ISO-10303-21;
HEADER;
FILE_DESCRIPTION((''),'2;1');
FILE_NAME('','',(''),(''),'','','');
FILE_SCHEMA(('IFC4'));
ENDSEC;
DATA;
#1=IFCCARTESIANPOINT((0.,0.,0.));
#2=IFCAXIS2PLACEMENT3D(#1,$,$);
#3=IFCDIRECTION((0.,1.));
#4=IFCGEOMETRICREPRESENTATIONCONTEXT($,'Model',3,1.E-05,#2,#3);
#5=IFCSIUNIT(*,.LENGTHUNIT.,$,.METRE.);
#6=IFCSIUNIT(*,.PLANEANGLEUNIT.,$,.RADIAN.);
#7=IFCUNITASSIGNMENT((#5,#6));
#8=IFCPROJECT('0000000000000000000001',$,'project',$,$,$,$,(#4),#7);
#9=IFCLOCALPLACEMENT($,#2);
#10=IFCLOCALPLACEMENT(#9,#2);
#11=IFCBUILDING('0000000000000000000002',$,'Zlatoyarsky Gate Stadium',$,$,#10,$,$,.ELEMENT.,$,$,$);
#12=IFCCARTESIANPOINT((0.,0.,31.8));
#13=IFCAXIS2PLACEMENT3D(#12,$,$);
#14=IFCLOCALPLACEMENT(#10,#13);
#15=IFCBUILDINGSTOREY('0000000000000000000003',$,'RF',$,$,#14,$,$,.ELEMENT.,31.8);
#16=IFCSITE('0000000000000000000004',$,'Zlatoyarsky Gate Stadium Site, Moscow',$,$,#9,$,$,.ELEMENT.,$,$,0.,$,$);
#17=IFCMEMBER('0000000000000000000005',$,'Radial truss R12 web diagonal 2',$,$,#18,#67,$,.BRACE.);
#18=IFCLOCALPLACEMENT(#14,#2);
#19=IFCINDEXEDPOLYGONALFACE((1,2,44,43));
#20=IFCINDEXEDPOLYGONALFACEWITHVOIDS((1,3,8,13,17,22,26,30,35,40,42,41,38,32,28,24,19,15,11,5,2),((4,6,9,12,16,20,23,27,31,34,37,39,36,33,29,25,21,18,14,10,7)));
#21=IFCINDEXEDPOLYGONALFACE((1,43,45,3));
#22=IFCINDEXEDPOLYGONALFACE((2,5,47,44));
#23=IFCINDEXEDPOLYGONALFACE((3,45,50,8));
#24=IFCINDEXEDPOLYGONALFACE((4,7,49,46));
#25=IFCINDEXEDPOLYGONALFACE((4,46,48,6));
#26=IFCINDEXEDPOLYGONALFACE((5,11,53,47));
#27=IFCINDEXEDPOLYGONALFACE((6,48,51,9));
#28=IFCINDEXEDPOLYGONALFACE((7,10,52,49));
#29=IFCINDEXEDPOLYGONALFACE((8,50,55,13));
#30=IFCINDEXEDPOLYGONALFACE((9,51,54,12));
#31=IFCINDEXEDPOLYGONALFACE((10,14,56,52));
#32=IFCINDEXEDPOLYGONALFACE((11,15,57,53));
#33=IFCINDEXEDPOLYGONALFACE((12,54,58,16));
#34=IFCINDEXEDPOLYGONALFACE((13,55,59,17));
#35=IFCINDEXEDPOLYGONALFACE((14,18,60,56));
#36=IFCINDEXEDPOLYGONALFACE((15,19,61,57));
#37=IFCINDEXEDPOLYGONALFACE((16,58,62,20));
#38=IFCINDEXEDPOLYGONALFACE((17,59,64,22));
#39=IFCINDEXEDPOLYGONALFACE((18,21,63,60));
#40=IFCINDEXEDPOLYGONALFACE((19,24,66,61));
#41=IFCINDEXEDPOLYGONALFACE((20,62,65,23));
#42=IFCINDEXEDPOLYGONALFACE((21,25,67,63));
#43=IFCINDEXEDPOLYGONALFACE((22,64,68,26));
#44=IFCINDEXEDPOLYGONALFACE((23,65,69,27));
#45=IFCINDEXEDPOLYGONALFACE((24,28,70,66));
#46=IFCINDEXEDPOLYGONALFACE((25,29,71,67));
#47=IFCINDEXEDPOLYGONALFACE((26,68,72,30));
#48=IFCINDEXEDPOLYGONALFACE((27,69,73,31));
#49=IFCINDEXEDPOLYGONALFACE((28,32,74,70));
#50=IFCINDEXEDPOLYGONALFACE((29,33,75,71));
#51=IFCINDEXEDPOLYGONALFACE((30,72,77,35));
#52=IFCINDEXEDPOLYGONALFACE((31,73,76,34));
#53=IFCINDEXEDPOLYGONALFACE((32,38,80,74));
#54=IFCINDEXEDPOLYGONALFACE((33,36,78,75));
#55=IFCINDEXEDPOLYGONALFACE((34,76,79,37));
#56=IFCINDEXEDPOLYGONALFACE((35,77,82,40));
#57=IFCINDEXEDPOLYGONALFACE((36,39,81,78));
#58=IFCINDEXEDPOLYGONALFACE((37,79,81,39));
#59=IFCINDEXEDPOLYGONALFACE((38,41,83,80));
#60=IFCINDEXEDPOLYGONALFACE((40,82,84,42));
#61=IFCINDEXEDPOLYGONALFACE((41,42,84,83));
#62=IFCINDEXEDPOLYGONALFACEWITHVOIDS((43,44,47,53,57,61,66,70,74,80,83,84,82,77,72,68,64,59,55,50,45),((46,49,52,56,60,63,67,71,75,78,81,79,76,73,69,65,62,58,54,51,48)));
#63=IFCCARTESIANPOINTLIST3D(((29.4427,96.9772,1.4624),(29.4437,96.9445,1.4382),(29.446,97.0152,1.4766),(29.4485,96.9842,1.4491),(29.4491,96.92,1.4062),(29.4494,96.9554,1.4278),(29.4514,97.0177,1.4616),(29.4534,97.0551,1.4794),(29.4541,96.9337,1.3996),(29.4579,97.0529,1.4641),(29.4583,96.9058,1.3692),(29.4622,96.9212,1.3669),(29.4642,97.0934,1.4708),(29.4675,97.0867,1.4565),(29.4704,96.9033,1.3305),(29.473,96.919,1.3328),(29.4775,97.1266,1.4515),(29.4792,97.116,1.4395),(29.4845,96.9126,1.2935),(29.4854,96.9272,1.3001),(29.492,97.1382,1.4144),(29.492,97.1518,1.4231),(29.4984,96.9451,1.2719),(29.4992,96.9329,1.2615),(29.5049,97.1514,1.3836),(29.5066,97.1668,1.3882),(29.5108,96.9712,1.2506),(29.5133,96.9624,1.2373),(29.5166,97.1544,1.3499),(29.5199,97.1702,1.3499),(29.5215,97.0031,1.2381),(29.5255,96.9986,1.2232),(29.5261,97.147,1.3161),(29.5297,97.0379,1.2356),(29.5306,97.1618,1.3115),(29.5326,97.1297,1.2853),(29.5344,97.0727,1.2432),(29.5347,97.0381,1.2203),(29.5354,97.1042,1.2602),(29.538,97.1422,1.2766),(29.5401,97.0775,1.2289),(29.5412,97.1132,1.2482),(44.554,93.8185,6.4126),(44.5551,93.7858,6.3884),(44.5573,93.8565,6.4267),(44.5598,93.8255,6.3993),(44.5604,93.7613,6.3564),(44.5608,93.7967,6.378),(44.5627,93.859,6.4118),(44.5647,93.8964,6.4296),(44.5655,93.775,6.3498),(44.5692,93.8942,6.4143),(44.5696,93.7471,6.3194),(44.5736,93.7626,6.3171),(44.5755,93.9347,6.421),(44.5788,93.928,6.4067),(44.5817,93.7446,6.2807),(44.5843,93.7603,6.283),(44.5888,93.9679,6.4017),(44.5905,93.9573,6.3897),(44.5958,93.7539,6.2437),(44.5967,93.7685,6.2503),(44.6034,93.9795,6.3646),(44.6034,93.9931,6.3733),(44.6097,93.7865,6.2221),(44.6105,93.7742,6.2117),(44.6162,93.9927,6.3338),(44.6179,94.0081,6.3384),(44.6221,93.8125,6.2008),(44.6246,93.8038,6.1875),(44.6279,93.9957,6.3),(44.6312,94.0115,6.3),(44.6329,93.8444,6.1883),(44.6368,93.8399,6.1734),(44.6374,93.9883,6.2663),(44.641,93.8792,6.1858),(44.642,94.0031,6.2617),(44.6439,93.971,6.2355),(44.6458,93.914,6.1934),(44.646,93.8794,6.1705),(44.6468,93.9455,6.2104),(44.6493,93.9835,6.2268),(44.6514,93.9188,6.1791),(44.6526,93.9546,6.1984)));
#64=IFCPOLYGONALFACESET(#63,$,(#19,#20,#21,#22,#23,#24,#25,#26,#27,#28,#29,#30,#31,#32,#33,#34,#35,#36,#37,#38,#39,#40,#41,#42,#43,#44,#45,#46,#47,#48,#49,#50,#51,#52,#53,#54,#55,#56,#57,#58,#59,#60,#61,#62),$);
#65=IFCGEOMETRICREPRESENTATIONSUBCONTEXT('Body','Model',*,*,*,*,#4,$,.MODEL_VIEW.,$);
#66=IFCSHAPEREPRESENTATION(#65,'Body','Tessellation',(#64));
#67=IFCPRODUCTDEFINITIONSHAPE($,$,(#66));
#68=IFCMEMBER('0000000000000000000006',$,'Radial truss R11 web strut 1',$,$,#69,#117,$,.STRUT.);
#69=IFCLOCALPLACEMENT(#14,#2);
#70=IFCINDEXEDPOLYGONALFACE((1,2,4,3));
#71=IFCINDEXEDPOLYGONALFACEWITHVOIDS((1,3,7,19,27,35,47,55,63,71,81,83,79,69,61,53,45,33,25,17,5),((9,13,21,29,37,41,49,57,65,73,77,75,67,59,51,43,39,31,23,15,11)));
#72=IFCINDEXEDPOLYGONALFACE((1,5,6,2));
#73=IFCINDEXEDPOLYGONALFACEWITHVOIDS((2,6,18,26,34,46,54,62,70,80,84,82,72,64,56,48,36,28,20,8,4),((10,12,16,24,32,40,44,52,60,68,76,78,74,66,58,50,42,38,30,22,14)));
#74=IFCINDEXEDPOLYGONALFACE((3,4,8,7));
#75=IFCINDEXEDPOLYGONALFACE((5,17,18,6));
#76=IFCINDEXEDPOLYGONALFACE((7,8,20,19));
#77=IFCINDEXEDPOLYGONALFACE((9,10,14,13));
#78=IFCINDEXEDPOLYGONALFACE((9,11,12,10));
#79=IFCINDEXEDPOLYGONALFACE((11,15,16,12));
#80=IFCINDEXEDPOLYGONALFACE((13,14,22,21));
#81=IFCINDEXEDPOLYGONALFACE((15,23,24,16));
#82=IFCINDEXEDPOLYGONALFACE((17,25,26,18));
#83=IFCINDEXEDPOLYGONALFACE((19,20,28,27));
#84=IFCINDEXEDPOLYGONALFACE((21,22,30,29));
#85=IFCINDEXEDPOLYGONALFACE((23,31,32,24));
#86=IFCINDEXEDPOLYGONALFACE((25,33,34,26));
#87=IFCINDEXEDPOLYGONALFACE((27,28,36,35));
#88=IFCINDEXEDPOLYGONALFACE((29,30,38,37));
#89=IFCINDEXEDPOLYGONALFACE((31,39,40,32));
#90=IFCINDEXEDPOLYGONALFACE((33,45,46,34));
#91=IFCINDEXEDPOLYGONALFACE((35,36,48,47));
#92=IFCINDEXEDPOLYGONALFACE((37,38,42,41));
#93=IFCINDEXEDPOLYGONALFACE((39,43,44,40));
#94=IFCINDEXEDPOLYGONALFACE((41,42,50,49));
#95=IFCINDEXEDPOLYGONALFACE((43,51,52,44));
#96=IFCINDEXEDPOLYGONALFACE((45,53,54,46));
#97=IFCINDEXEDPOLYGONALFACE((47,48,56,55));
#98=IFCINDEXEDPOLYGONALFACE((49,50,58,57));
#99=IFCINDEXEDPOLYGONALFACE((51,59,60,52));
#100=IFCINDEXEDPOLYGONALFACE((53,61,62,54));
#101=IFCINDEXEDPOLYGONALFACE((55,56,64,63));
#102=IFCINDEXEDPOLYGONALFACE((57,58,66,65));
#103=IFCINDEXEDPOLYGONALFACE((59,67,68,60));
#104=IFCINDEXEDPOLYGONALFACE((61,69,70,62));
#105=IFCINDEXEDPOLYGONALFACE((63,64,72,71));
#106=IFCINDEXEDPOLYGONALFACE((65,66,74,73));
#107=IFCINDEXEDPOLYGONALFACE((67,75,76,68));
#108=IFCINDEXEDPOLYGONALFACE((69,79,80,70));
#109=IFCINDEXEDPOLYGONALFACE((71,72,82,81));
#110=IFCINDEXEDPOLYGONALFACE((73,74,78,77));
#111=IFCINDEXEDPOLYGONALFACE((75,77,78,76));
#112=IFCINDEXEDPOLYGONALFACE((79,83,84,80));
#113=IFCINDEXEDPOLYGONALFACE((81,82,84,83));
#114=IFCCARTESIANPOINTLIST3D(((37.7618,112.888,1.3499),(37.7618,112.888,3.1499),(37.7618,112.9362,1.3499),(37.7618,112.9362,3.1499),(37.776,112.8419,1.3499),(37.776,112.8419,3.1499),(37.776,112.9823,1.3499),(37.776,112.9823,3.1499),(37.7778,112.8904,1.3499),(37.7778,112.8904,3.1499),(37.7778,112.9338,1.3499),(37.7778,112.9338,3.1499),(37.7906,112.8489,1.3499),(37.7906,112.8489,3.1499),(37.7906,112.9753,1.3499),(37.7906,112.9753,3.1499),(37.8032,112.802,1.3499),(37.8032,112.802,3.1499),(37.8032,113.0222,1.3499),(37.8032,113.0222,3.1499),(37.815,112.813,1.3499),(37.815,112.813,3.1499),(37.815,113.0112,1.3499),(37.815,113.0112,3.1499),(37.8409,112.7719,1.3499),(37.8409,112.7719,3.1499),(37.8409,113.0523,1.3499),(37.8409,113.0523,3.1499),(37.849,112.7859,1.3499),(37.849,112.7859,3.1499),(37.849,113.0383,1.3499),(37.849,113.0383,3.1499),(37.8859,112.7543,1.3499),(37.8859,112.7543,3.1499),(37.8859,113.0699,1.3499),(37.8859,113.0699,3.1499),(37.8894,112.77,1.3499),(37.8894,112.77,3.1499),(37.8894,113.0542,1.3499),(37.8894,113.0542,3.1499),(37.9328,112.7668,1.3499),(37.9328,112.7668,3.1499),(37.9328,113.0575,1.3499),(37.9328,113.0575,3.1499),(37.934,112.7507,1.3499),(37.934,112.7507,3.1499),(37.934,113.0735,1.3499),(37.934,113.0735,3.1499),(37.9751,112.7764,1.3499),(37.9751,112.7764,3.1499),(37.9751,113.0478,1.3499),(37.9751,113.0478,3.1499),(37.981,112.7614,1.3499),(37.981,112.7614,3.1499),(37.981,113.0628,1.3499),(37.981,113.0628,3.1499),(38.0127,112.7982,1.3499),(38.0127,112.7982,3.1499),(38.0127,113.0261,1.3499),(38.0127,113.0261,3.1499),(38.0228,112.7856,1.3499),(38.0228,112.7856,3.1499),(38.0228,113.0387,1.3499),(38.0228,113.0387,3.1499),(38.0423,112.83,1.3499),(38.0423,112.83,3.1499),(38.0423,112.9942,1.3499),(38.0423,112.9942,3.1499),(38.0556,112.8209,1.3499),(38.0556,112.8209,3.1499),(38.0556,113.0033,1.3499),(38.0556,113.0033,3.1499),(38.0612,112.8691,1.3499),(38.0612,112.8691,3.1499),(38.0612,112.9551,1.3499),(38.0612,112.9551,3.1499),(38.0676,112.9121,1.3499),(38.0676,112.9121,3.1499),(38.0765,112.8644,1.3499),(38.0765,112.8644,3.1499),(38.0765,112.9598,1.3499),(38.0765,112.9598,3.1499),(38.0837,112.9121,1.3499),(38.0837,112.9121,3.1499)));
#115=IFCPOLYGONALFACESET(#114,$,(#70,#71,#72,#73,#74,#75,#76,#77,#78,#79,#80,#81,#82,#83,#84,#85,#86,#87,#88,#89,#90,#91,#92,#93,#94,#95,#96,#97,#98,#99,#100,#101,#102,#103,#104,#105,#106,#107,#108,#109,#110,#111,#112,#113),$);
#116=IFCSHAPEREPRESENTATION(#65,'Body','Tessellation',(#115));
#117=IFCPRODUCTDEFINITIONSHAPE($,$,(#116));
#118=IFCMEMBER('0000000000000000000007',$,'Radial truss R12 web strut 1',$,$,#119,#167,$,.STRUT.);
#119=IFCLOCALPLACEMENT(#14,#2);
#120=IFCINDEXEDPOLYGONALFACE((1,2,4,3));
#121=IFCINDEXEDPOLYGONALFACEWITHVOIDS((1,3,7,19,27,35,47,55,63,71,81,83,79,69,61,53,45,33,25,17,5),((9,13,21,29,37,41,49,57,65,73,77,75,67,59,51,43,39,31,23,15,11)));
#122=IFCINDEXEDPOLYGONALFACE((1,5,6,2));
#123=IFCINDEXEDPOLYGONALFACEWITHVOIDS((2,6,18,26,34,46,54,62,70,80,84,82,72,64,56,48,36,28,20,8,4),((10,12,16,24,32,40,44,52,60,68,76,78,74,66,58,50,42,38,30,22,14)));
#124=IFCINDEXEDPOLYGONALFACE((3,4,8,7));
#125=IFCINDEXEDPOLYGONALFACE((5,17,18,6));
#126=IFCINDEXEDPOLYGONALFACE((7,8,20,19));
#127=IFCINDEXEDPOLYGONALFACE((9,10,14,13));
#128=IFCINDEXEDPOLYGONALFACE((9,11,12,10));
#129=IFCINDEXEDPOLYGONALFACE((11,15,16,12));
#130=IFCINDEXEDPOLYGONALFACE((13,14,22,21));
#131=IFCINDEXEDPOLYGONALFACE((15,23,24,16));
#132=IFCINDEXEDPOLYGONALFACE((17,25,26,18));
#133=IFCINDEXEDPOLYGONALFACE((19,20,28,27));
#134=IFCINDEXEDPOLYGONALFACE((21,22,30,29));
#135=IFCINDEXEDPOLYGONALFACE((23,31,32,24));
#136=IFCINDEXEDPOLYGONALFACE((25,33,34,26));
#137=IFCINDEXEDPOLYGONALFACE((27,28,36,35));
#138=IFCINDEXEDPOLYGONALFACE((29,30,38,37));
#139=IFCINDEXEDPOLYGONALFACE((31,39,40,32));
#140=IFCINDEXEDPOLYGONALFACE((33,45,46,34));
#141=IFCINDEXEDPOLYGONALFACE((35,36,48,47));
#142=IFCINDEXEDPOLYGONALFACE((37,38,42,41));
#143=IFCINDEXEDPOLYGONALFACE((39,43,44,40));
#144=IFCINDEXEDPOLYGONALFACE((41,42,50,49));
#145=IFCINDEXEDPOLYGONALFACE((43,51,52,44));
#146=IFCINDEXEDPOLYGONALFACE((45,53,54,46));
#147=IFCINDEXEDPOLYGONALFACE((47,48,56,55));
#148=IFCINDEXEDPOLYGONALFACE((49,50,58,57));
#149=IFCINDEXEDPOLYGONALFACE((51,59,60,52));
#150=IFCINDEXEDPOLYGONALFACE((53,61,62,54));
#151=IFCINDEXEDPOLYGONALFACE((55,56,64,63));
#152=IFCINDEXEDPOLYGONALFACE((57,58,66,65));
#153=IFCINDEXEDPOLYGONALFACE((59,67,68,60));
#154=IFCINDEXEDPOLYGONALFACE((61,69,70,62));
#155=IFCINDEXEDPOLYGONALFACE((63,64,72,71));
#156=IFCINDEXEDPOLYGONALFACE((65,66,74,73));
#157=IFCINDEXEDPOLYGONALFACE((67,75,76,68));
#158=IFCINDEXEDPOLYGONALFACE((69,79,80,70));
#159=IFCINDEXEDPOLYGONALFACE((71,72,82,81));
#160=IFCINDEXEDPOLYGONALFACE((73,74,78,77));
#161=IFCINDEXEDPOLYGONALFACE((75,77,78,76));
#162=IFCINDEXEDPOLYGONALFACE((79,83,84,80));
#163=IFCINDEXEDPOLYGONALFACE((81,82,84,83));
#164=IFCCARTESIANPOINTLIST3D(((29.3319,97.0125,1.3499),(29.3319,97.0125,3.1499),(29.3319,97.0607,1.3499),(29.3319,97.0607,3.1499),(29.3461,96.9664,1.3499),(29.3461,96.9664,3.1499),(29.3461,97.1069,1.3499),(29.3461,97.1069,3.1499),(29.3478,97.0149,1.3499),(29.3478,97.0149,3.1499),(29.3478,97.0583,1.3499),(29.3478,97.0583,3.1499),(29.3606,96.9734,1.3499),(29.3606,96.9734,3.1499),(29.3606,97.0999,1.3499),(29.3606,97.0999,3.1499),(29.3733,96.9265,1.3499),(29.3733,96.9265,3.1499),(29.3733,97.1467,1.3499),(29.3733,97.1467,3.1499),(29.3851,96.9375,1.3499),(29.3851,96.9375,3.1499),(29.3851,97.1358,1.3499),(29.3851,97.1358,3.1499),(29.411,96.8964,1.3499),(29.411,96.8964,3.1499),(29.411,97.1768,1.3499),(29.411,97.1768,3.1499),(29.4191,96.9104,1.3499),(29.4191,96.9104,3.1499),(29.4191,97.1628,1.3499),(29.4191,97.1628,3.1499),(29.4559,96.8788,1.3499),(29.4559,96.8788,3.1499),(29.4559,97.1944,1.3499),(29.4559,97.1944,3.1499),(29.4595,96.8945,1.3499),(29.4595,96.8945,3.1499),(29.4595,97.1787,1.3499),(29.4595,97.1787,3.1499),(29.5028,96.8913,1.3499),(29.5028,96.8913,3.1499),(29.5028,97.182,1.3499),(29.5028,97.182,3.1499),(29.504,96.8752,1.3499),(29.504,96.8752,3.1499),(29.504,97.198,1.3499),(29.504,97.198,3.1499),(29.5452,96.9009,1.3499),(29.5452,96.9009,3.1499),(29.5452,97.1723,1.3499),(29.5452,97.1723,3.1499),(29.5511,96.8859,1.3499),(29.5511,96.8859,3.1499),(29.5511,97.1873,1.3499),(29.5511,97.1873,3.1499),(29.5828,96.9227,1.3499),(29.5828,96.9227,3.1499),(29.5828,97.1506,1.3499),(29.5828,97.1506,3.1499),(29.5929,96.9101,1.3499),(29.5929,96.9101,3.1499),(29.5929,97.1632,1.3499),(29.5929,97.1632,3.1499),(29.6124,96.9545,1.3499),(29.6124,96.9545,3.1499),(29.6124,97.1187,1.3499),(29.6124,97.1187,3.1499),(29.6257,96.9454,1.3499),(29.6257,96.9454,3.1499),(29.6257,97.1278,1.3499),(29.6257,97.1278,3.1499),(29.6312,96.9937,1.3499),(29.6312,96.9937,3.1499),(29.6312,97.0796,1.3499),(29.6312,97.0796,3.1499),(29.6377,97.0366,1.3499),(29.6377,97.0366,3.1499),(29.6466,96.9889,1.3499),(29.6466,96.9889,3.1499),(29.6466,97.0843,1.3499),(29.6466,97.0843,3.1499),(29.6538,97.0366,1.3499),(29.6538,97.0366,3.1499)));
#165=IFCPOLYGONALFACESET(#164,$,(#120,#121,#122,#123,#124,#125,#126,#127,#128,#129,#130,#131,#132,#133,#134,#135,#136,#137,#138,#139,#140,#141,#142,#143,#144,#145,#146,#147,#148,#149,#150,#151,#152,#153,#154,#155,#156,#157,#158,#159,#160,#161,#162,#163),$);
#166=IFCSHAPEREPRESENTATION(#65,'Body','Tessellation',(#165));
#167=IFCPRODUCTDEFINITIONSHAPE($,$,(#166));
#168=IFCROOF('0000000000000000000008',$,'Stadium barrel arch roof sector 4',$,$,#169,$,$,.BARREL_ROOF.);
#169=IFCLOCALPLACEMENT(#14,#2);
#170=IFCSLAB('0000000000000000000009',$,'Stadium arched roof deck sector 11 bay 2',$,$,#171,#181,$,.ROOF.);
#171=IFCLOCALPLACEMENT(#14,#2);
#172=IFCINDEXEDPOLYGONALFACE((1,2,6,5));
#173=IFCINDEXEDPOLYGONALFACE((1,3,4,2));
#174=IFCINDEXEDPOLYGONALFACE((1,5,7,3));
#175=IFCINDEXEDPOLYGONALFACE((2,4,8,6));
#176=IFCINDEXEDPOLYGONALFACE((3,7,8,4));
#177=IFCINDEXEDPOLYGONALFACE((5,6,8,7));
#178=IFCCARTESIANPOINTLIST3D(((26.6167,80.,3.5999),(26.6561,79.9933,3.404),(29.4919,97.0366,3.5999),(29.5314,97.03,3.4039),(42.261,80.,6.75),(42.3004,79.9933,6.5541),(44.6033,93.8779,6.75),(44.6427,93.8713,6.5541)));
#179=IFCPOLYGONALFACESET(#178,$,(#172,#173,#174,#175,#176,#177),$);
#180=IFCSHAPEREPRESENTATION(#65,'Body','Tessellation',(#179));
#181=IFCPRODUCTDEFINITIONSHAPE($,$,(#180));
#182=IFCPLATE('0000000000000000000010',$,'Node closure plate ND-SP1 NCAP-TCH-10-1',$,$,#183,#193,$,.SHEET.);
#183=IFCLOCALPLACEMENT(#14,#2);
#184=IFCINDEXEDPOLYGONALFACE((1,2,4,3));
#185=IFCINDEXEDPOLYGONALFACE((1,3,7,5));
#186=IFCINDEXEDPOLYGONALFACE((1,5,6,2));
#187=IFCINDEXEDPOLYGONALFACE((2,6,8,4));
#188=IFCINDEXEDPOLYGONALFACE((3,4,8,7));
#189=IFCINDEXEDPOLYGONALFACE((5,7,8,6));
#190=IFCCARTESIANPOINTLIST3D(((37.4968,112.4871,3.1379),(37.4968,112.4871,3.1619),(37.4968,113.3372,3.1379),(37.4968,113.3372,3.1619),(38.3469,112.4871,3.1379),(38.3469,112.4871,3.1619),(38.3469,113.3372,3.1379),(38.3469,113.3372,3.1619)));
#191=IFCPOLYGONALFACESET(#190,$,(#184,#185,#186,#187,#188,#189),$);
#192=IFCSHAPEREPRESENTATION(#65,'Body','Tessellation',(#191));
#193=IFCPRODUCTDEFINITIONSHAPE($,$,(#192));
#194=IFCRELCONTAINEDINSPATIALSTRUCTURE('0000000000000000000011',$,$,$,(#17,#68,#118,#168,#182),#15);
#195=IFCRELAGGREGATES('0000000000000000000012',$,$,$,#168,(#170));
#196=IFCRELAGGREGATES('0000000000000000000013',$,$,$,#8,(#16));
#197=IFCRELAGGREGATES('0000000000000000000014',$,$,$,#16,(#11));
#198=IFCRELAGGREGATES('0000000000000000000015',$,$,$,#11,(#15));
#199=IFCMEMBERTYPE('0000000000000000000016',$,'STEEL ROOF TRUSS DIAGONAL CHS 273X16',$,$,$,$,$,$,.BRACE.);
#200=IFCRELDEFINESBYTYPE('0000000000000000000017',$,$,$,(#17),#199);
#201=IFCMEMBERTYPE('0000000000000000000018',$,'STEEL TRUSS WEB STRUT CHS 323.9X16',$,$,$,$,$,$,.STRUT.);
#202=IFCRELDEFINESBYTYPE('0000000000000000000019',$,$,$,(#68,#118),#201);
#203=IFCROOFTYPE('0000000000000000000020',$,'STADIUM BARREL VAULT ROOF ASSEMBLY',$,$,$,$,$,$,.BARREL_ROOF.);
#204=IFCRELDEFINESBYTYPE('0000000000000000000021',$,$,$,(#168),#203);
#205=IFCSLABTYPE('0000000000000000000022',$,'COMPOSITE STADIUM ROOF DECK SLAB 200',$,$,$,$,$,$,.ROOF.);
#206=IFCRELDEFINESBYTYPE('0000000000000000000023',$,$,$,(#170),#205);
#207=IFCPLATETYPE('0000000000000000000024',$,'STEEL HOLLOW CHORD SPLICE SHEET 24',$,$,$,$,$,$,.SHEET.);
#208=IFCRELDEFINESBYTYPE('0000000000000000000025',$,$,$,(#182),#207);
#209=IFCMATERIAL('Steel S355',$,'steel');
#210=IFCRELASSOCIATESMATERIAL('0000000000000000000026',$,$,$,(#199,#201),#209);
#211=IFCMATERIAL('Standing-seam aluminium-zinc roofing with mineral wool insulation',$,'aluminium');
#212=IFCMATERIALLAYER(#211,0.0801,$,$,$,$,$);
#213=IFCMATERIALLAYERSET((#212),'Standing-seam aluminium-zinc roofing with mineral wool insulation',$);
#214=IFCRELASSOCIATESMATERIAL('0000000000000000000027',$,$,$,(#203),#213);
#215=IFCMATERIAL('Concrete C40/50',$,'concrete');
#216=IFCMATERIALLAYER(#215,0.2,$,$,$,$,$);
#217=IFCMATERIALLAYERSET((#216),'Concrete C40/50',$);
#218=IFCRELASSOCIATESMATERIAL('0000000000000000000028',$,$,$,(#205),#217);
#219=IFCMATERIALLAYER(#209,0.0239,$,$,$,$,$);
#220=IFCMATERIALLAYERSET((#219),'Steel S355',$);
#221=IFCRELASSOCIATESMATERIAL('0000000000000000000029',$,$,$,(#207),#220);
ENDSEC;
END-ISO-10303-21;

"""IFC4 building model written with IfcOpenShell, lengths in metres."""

from ifc_helpers import new_model, si_unit, direction, frame, origin, origin_2d, place, context, subcontext, project, spatial, polyline, rectangle, hollow_circle, outline, extrude, material, layer, layer_set, material_profile, profile_set, type_object, element, aggregate, save


model = new_model("IFC4")

# Units and contexts
model_context = context("Model", 3, precision=1e-05, world=origin(), true_north=direction((0.0, 1.0)))
body_context = subcontext(model_context, "Body", "Model", "MODEL_VIEW")
ifc_project = project(units=[si_unit("LENGTHUNIT", "METRE"), si_unit("PLANEANGLEUNIT", "RADIAN")], contexts=[model_context])

# Site, building, storey
site_placement = place(None, origin())
site = spatial("IfcSite", under=ifc_project, at=site_placement, Name="Zlatoyarsky Gate Stadium Site, Moscow", CompositionType="ELEMENT", RefElevation=0.0)
building_placement = place(site_placement, origin())
building = spatial("IfcBuilding", under=site, at=building_placement, Name="Zlatoyarsky Gate Stadium", CompositionType="ELEMENT")
storey_placement = place(building_placement, frame((0.0, 0.0, 31.8)))
storey = spatial("IfcBuildingStorey", under=building, at=storey_placement, Name="RF", CompositionType="ELEMENT", Elevation=31.8)

# Shared definitions
ifc_material_1 = material(Name="Steel S355", Category="steel")

# Members
ifc_material_profile_1 = material_profile(ifc_material_1, hollow_circle(Radius=0.1365, WallThickness=0.0161, at=origin_2d()), Name="CHS 273X16")
ifc_profile_set_1 = profile_set([ifc_material_profile_1], Name="Steel S355")
member_type_1 = type_object("IfcMemberType", Name="STEEL ROOF TRUSS DIAGONAL CHS 273X16", PredefinedType="BRACE", material=ifc_profile_set_1)
member_1_placement = place(storey_placement, frame((29.4919, 97.0366, 1.3499), z_axis=(0.932099, -0.194835, 0.305338), x_axis=(0.204606, 0.978844, 0.0)))
element("IfcMember", 1, at=member_1_placement, inside=storey, type_object=member_type_1, Name="Radial truss R12 web diagonal 2", PredefinedType="BRACE", context=body_context, shape_type="SweptSolid", body=[
    extrude(hollow_circle(Radius=0.1365, WallThickness=0.0161, at=origin_2d()), origin(), (0.0, 0.0, 1.0), 16.2122),
])
ifc_material_profile_2 = material_profile(ifc_material_1, hollow_circle(Radius=0.1619, WallThickness=0.0161, at=origin_2d()), Name="CHS 323.9X16")
ifc_profile_set_2 = profile_set([ifc_material_profile_2], Name="Steel S355")
member_type_2 = type_object("IfcMemberType", Name="STEEL TRUSS WEB STRUT CHS 323.9X16", PredefinedType="STRUT", material=ifc_profile_set_2)
for number, where, z_axis, x_axis, name in (
    (2, (37.9219, 112.9121, 1.3499), (0.0, 0.0, 1.0), (1.0, 0.0, 0.0), "Radial truss R11 web strut 1"),
    (3, (29.4919, 97.0366, 1.3499), (0.0, 0.0, 1.0), (1.0, 0.0, 0.0), "Radial truss R12 web strut 1"),
):
    element("IfcMember", number, at=place(storey_placement, frame(where, z_axis=z_axis, x_axis=x_axis)), inside=storey, type_object=member_type_2, Name=name, PredefinedType="STRUT", context=body_context, shape_type="SweptSolid", body=[
        extrude(hollow_circle(Radius=0.1619, WallThickness=0.0161, at=origin_2d()), origin(), (0.0, 0.0, 1.0), 1.8),
    ])

# Roof, slab
ifc_material_2 = material(Name="Standing-seam aluminium-zinc roofing with mineral wool insulation", Category="aluminium")
ifc_layer_1 = layer(ifc_material_2, 0.0801)
ifc_layer_set_1 = layer_set([ifc_layer_1], Name="Standing-seam aluminium-zinc roofing with mineral wool insulation")
roof_type = type_object("IfcRoofType", Name="STADIUM BARREL VAULT ROOF ASSEMBLY", PredefinedType="BARREL_ROOF", material=ifc_layer_set_1)
roof_placement = place(storey_placement, origin())
roof = element("IfcRoof", 4, at=roof_placement, inside=storey, type_object=roof_type, Name="Stadium barrel arch roof sector 4", PredefinedType="BARREL_ROOF")
ifc_material_3 = material(Name="Concrete C40/50", Category="concrete")
ifc_layer_2 = layer(ifc_material_3, 0.2)
ifc_layer_set_2 = layer_set([ifc_layer_2], Name="Concrete C40/50")
slab_type = type_object("IfcSlabType", Name="COMPOSITE STADIUM ROOF DECK SLAB 200", PredefinedType="ROOF", material=ifc_layer_set_2)
slab_placement = place(storey_placement, frame((29.4919, 97.0366, 3.5999), z_axis=(-0.197288, 0.033297, 0.97978), x_axis=(-0.166415, -0.986056, 0.000001)))
slab = element("IfcSlab", 5, at=slab_placement, type_object=slab_type, Name="Stadium arched roof deck sector 11 bay 2", PredefinedType="ROOF", context=body_context, shape_type="SweptSolid", body=[
    extrude(outline(polyline([(0.0, 0.0), (17.2775, 0.0), (14.6741, 15.7445), (0.5999, 15.7446), (0.0, 0.0)])), origin(), (0.0, 0.0, -1.0), 0.2),
])

# Plate
ifc_layer_3 = layer(ifc_material_1, 0.0239)
ifc_layer_set_3 = layer_set([ifc_layer_3], Name="Steel S355")
plate_type_1 = type_object("IfcPlateType", Name="STEEL HOLLOW CHORD SPLICE SHEET 24", PredefinedType="SHEET", material=ifc_layer_set_3)
plate_1_placement = place(storey_placement, frame((37.9219, 112.9121, 3.1379), z_axis=(0.0, 0.0, 1.0), x_axis=(1.0, 0.0, 0.0)))
element("IfcPlate", 6, at=plate_1_placement, inside=storey, type_object=plate_type_1, Name="Node closure plate ND-SP1 NCAP-TCH-10-1", PredefinedType="SHEET", context=body_context, shape_type="SweptSolid", body=[
    extrude(rectangle(XDim=0.8501, YDim=0.8501, at=origin_2d()), origin(), (0.0, 0.0, 1.0), 0.0239),
])

aggregate(roof, [slab])

save(model, "model.ifc")
